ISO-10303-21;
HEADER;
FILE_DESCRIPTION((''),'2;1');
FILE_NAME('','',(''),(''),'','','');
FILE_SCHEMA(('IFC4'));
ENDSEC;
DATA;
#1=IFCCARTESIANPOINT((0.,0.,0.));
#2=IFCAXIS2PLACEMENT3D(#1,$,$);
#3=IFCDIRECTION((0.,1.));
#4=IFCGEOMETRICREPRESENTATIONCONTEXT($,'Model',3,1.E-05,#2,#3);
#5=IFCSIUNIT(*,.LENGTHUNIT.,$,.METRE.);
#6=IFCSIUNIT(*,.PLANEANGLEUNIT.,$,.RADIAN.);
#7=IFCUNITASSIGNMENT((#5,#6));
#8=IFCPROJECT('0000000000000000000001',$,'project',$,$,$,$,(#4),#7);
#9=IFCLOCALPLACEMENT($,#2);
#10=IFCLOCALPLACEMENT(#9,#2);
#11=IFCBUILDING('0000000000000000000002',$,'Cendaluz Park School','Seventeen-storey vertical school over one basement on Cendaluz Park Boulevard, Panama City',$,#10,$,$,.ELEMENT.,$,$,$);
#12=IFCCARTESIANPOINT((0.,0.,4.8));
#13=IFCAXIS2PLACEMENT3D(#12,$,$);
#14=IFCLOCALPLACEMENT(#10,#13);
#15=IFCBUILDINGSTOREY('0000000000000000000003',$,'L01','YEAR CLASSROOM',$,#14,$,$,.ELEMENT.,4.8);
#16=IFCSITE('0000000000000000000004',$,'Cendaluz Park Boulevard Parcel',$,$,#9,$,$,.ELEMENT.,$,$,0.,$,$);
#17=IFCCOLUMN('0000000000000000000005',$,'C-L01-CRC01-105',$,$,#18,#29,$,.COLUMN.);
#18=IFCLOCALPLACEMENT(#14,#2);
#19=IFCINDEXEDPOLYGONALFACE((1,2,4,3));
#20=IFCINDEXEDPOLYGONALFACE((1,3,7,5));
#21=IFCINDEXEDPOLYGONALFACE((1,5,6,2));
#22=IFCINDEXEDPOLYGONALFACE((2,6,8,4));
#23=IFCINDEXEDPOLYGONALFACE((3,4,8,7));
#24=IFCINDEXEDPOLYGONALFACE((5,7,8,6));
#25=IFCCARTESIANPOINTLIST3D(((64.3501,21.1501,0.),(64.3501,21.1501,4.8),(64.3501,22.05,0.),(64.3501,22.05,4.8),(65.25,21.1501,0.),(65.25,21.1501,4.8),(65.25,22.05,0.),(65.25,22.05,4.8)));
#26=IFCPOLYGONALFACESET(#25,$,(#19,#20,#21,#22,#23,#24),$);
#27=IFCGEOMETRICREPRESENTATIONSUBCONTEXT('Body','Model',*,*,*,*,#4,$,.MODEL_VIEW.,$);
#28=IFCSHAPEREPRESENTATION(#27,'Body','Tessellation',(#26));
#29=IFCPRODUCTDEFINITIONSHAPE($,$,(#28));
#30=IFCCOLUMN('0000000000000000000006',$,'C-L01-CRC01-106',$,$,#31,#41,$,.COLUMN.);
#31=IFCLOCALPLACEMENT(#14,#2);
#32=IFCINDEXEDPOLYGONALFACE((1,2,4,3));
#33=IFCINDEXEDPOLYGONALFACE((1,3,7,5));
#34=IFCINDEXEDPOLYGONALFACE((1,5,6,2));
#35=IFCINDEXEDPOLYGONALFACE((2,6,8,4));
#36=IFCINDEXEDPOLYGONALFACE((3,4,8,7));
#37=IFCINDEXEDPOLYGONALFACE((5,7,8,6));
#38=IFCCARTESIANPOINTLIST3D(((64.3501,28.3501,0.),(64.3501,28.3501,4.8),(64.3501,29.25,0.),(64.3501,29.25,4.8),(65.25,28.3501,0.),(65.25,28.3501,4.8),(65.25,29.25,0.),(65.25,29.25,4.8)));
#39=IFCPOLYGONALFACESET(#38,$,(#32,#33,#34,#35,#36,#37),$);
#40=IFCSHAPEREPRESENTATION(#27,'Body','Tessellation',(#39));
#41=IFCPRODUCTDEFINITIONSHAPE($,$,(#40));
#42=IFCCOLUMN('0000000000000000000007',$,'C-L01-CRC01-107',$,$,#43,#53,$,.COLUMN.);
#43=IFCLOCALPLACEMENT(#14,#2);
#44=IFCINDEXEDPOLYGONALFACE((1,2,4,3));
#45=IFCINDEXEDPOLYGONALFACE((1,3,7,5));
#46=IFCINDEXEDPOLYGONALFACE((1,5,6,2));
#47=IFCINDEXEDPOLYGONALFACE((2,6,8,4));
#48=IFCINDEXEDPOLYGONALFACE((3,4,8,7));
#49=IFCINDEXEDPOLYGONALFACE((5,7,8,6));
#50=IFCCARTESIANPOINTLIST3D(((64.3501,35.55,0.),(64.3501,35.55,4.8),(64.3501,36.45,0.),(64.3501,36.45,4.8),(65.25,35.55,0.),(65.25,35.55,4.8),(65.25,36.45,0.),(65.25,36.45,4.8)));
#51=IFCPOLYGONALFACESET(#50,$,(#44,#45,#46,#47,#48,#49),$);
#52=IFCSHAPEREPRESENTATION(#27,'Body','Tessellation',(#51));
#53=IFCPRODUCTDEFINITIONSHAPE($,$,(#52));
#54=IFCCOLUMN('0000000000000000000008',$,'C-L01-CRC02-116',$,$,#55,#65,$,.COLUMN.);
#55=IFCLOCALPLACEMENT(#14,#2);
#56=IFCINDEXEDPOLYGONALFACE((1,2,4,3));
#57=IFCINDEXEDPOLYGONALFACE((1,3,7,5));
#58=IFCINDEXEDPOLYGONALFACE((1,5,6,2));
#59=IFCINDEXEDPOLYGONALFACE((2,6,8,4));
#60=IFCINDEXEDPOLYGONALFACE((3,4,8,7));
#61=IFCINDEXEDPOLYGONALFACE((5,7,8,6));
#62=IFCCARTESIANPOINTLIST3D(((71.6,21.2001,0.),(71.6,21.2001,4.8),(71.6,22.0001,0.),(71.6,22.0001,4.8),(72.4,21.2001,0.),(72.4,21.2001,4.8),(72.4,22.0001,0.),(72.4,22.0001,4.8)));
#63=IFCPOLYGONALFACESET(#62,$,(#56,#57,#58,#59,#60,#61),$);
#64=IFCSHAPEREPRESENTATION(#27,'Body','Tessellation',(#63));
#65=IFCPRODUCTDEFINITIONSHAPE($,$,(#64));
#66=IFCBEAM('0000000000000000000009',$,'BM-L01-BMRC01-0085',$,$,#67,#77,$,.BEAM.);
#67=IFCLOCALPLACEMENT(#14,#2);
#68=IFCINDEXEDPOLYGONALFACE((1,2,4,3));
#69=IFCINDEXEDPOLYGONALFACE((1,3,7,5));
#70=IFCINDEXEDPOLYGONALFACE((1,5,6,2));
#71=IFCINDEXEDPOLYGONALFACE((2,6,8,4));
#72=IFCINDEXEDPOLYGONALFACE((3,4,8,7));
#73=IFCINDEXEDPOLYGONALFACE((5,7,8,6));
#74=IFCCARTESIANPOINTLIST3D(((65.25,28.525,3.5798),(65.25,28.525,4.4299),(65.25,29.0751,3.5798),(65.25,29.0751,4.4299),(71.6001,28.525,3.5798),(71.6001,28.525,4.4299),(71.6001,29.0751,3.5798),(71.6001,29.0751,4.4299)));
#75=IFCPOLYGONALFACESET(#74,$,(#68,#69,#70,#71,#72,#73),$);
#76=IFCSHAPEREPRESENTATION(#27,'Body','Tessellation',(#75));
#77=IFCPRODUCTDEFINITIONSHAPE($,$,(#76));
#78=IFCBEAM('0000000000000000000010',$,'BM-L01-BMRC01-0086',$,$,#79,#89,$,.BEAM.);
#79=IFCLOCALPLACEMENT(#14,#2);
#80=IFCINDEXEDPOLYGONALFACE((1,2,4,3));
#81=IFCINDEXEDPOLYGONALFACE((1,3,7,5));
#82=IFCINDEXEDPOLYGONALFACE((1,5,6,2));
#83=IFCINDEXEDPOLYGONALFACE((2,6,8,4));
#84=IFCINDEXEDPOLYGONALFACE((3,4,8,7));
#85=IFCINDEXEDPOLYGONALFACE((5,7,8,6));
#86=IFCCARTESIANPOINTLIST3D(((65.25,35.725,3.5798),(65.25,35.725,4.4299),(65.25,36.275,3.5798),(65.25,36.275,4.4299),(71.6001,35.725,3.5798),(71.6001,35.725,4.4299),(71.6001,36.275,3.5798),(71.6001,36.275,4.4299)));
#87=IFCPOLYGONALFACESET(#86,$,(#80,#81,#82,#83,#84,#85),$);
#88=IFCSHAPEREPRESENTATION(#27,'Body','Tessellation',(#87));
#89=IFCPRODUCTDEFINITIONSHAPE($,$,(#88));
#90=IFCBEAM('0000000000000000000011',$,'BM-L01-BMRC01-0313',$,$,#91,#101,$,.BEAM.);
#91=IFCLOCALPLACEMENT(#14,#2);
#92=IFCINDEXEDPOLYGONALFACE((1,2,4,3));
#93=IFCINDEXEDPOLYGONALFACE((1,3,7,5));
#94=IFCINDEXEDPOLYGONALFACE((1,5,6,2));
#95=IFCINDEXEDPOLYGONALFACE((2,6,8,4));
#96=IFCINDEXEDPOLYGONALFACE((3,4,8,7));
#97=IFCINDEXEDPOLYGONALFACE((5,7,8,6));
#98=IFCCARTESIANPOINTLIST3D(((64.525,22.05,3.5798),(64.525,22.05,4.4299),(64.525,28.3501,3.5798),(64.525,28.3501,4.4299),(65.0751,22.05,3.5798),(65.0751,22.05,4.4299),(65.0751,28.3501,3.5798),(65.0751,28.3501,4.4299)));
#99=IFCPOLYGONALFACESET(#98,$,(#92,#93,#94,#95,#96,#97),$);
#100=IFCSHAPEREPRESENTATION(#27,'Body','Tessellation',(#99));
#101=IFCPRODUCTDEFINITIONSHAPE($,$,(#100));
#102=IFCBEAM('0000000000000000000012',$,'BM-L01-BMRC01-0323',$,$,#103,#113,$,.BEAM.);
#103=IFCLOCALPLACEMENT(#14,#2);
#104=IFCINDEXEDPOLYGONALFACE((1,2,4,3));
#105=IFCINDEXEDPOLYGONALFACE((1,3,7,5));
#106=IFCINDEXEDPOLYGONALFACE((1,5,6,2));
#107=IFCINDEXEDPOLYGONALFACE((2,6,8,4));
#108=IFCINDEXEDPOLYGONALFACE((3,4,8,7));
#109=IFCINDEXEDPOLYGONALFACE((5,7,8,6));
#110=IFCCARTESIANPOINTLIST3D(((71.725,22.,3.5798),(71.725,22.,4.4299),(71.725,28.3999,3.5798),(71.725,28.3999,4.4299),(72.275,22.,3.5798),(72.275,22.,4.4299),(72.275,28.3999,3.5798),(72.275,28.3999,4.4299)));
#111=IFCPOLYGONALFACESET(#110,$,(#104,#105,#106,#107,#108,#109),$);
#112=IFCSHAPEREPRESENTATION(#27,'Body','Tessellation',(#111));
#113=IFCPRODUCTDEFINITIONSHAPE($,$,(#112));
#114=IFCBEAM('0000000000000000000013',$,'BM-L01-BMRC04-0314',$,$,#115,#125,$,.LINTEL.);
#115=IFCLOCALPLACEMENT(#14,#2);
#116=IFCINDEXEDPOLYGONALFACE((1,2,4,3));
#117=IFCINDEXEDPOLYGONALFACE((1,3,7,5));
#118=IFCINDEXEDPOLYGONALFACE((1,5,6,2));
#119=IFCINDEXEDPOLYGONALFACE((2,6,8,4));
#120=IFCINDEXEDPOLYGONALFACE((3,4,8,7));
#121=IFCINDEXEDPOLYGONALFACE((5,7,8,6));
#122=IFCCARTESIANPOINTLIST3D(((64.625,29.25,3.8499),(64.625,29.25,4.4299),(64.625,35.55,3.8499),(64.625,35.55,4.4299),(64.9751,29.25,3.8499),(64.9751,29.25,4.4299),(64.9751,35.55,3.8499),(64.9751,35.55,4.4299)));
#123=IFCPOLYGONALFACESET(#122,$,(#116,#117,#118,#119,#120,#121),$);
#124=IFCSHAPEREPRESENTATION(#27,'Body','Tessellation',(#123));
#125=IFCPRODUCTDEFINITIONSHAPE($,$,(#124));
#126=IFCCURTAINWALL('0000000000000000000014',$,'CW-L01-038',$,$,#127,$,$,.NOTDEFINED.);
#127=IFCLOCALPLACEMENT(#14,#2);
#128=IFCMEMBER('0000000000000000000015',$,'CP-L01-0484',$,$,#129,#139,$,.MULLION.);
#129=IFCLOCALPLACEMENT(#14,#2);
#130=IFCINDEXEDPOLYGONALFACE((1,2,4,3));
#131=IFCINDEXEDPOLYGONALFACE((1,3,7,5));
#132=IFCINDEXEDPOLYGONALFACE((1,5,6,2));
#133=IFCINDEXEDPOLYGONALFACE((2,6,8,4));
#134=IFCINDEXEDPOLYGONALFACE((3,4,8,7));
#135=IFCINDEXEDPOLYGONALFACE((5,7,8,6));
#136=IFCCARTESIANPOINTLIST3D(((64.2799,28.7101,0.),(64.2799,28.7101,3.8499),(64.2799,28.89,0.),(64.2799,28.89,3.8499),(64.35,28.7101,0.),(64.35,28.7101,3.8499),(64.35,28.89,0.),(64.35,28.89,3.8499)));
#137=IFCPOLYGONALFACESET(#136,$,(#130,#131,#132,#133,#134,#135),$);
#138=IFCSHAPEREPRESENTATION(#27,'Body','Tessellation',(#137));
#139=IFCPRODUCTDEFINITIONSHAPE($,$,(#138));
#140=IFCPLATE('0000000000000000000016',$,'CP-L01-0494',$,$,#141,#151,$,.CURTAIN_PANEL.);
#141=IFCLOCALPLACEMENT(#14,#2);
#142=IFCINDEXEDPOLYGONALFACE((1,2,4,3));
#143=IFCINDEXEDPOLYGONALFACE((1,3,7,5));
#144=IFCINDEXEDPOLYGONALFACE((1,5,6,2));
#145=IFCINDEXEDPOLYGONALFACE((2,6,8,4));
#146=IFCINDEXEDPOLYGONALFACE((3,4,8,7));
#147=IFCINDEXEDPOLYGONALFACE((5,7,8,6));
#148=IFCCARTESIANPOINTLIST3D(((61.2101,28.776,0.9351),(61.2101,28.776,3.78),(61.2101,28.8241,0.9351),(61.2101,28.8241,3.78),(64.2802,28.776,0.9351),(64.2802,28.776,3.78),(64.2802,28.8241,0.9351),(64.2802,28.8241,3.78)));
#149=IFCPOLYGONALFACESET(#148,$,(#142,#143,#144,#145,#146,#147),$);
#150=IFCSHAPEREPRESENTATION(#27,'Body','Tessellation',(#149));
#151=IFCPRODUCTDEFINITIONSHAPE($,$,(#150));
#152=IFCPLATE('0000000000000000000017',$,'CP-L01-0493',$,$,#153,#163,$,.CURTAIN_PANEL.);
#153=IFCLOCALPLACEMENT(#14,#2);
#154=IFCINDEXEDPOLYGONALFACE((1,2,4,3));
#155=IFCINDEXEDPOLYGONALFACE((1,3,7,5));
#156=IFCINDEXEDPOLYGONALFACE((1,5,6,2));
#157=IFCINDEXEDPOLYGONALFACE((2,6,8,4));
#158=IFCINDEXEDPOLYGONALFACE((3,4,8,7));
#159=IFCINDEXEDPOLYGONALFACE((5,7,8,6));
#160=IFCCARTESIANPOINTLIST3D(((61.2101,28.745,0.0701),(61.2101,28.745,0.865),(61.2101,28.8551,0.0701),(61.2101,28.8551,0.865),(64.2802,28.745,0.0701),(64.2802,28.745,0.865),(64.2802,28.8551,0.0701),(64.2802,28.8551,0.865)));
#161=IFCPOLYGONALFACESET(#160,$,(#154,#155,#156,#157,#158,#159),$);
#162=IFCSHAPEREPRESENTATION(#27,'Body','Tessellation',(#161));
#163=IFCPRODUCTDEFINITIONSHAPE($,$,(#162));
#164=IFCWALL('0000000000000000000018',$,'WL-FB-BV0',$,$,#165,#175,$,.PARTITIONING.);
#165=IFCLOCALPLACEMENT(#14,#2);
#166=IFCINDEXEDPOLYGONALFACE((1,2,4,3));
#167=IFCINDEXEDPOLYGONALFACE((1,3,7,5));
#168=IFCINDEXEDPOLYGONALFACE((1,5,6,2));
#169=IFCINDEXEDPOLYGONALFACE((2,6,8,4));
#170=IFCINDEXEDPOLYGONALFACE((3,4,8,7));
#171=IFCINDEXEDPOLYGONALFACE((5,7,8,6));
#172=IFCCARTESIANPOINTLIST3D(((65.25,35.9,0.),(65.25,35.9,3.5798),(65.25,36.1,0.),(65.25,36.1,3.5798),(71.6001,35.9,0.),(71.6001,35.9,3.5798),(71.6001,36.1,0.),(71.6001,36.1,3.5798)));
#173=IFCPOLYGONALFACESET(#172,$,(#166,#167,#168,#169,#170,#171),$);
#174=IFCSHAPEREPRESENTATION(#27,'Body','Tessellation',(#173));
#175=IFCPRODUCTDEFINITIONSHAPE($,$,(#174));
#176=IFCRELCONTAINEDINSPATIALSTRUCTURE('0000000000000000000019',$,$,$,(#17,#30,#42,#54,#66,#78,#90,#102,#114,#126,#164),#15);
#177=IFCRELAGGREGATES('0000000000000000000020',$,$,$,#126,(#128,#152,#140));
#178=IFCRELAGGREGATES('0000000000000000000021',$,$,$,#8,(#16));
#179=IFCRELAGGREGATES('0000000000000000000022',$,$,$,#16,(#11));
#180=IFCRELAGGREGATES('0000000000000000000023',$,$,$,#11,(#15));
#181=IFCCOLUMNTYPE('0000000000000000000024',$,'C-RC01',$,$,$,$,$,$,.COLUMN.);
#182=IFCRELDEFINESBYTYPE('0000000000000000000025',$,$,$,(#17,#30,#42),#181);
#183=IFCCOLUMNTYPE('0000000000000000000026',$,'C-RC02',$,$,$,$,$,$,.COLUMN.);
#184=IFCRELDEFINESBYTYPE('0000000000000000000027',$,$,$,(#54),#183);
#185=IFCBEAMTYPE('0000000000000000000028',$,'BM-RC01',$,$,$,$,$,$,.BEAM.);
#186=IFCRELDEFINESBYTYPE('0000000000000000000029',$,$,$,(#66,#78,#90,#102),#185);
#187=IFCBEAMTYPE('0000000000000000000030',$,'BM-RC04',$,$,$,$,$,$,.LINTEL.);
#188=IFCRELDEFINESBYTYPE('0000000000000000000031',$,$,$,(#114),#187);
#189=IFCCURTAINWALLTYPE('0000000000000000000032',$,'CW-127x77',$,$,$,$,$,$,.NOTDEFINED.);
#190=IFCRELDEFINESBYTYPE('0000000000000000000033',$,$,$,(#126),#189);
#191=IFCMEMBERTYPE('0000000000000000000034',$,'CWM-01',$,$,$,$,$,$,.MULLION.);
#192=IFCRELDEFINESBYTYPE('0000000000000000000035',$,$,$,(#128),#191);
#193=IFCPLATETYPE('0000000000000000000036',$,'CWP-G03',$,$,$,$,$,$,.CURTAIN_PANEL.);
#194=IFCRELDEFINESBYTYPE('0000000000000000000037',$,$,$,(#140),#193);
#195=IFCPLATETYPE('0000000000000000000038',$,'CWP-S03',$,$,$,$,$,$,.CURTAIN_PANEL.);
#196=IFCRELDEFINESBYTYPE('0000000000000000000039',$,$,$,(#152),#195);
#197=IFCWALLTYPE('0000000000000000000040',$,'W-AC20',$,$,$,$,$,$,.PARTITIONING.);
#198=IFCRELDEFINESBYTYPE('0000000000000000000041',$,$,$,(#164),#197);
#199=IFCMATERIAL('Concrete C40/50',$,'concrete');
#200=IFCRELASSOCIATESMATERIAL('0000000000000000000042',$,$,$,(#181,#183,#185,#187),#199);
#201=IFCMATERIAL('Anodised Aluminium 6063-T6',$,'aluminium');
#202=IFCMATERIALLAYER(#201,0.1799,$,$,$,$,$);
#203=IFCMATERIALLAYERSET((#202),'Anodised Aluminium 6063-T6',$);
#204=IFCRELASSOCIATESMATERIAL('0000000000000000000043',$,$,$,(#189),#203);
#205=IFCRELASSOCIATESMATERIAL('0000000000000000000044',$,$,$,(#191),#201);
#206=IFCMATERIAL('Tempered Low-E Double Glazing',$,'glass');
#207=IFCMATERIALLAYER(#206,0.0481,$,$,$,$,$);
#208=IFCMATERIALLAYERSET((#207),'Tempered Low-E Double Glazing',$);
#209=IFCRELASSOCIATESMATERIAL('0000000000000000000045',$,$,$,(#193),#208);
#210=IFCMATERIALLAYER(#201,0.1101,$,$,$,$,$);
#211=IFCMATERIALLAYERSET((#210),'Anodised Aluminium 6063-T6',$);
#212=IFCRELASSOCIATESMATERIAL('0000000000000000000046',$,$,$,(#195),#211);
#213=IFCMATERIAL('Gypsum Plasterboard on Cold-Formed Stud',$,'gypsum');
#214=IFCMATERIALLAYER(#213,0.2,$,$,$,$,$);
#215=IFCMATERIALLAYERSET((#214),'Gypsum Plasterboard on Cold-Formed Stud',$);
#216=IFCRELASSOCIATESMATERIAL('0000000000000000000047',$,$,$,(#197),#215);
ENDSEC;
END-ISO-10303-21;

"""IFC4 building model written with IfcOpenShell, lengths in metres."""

from ifc_helpers import new_model, si_unit, direction, frame, frame_2d, origin, origin_2d, place, context, subcontext, project, spatial, rectangle, extrude, material, layer, layer_set, material_profile, profile_set, type_object, element, aggregate, save


model = new_model("IFC4")

# Units and contexts
model_context = context("Model", 3, precision=1e-05, world=origin(), true_north=direction((0.0, 1.0)))
body_context = subcontext(model_context, "Body", "Model", "MODEL_VIEW")
ifc_project = project(units=[si_unit("LENGTHUNIT", "METRE"), si_unit("PLANEANGLEUNIT", "RADIAN")], contexts=[model_context])

# Site, building, storey
site_placement = place(None, origin())
site = spatial("IfcSite", under=ifc_project, at=site_placement, Name="Cendaluz Park Boulevard Parcel", CompositionType="ELEMENT", RefElevation=0.0)
building_placement = place(site_placement, origin())
building = spatial("IfcBuilding", under=site, at=building_placement, Name="Cendaluz Park School", Description="Seventeen-storey vertical school over one basement on Cendaluz Park Boulevard, Panama City", CompositionType="ELEMENT")
storey_placement = place(building_placement, frame((0.0, 0.0, 4.8)))
storey = spatial("IfcBuildingStorey", under=building, at=storey_placement, Name="L01", Description="YEAR CLASSROOM", CompositionType="ELEMENT", Elevation=4.8)

# Columns
ifc_material_1 = material(Name="Concrete C40/50", Category="concrete")
ifc_material_profile_1 = material_profile(ifc_material_1, rectangle(XDim=0.8999, YDim=0.8999, at=origin_2d()), Name="RC 900x900", Category="concrete")
ifc_profile_set_1 = profile_set([ifc_material_profile_1], Name="Concrete C40/50")
column_type_1 = type_object("IfcColumnType", Name="C-RC01", PredefinedType="COLUMN", material=ifc_profile_set_1)
for number, where, z_axis, x_axis, name in (
    (1, (64.8, 21.6001, 0.0), (0.0, 0.0, 1.0), (1.0, 0.0, 0.0), "C-L01-CRC01-105"),
    (2, (64.8, 28.8, 0.0), (0.0, 0.0, 1.0), (1.0, 0.0, 0.0), "C-L01-CRC01-106"),
    (3, (64.8, 36.0, 0.0), (0.0, 0.0, 1.0), (1.0, 0.0, 0.0), "C-L01-CRC01-107"),
):
    element("IfcColumn", number, at=place(storey_placement, frame(where, z_axis=z_axis, x_axis=x_axis)), inside=storey, type_object=column_type_1, Name=name, PredefinedType="COLUMN", context=body_context, shape_type="SweptSolid", body=[
        extrude(rectangle(XDim=0.8999, YDim=0.8999, at=origin_2d()), origin(), (0.0, 0.0, 1.0), 4.8),
    ])
ifc_material_profile_2 = material_profile(ifc_material_1, rectangle(XDim=0.8, YDim=0.8, at=origin_2d()), Name="RC 800x800", Category="concrete")
ifc_profile_set_2 = profile_set([ifc_material_profile_2], Name="Concrete C40/50")
column_type_2 = type_object("IfcColumnType", Name="C-RC02", PredefinedType="COLUMN", material=ifc_profile_set_2)
column_placement = place(storey_placement, frame((72.0, 21.6001, 0.0), z_axis=(0.0, 0.0, 1.0), x_axis=(1.0, 0.0, 0.0)))
element("IfcColumn", 4, at=column_placement, inside=storey, type_object=column_type_2, Name="C-L01-CRC02-116", PredefinedType="COLUMN", context=body_context, shape_type="SweptSolid", body=[
    extrude(rectangle(XDim=0.8, YDim=0.8, at=origin_2d()), origin(), (0.0, 0.0, 1.0), 4.8),
])

# Beams
ifc_material_profile_3 = material_profile(ifc_material_1, rectangle(XDim=0.55, YDim=0.8501, at=origin_2d()), Name="RC 550x850", Category="concrete")
ifc_profile_set_3 = profile_set([ifc_material_profile_3], Name="Concrete C40/50")
beam_type_1 = type_object("IfcBeamType", Name="BM-RC01", PredefinedType="BEAM", material=ifc_profile_set_3)
for number, where, z_axis, x_axis, name in (
    (5, (65.25, 28.8, 4.0049), (1.0, 0.0, 0.0), (0.0, 1.0, 0.0), "BM-L01-BMRC01-0085"),
    (6, (65.25, 36.0, 4.0049), (1.0, 0.0, 0.0), (0.0, 1.0, 0.0), "BM-L01-BMRC01-0086"),
):
    element("IfcBeam", number, at=place(storey_placement, frame(where, z_axis=z_axis, x_axis=x_axis)), inside=storey, type_object=beam_type_1, Name=name, PredefinedType="BEAM", context=body_context, shape_type="SweptSolid", body=[
        extrude(rectangle(XDim=0.55, YDim=0.8501, at=origin_2d()), origin(), (0.0, 0.0, 1.0), 6.3501),
    ])
beam_1_placement = place(storey_placement, frame((64.8, 22.05, 4.0049), z_axis=(0.0, 1.0, 0.0), x_axis=(-1.0, 0.0, 0.0)))
element("IfcBeam", 7, at=beam_1_placement, inside=storey, type_object=beam_type_1, Name="BM-L01-BMRC01-0313", PredefinedType="BEAM", context=body_context, shape_type="SweptSolid", body=[
    extrude(rectangle(XDim=0.55, YDim=0.8501, at=origin_2d()), origin(), (0.0, 0.0, 1.0), 6.3),
])
beam_2_placement = place(storey_placement, frame((72.0, 22.0, 4.0049), z_axis=(0.0, 1.0, 0.0), x_axis=(-1.0, 0.0, 0.0)))
element("IfcBeam", 8, at=beam_2_placement, inside=storey, type_object=beam_type_1, Name="BM-L01-BMRC01-0323", PredefinedType="BEAM", context=body_context, shape_type="SweptSolid", body=[
    extrude(rectangle(XDim=0.55, YDim=0.8501, at=origin_2d()), origin(), (0.0, 0.0, 1.0), 6.3999),
])
ifc_material_profile_4 = material_profile(ifc_material_1, rectangle(XDim=0.3501, YDim=0.5801, at=origin_2d()), Name="RC 350x580", Category="concrete")
ifc_profile_set_4 = profile_set([ifc_material_profile_4], Name="Concrete C40/50")
beam_type_2 = type_object("IfcBeamType", Name="BM-RC04", PredefinedType="LINTEL", material=ifc_profile_set_4)
beam_3_placement = place(storey_placement, frame((64.8, 29.25, 4.1399), z_axis=(0.0, 1.0, 0.0), x_axis=(-1.0, 0.0, 0.0)))
element("IfcBeam", 9, at=beam_3_placement, inside=storey, type_object=beam_type_2, Name="BM-L01-BMRC04-0314", PredefinedType="LINTEL", context=body_context, shape_type="SweptSolid", body=[
    extrude(rectangle(XDim=0.3501, YDim=0.5801, at=origin_2d()), origin(), (0.0, 0.0, 1.0), 6.3),
])

# Curtain wall, member, plates
ifc_material_2 = material(Name="Anodised Aluminium 6063-T6", Category="aluminium")
ifc_layer_1 = layer(ifc_material_2, 0.1799)
ifc_layer_set_1 = layer_set([ifc_layer_1], Name="Anodised Aluminium 6063-T6")
curtain_wall_type = type_object("IfcCurtainWallType", Name="CW-127x77", PredefinedType="NOTDEFINED", material=ifc_layer_set_1)
curtain_wall_placement = place(storey_placement, origin())
curtain_wall = element("IfcCurtainWall", 10, at=curtain_wall_placement, inside=storey, type_object=curtain_wall_type, Name="CW-L01-038", PredefinedType="NOTDEFINED")
ifc_material_profile_5 = material_profile(ifc_material_2, rectangle(XDim=0.1799, YDim=0.0701, at=origin_2d()), Name="CWM 180x70", Category="aluminium")
ifc_profile_set_5 = profile_set([ifc_material_profile_5], Name="Anodised Aluminium 6063-T6")
member_type = type_object("IfcMemberType", Name="CWM-01", PredefinedType="MULLION", material=ifc_profile_set_5)
member_placement = place(storey_placement, frame((64.3149, 28.8, 0.0), z_axis=(0.0, 0.0, 1.0), x_axis=(0.0, 1.0, 0.0)))
member = element("IfcMember", 11, at=member_placement, type_object=member_type, Name="CP-L01-0484", PredefinedType="MULLION", context=body_context, shape_type="SweptSolid", body=[
    extrude(rectangle(XDim=0.1799, YDim=0.0701, at=origin_2d()), origin(), (0.0, 0.0, 1.0), 3.8499),
])
ifc_material_3 = material(Name="Tempered Low-E Double Glazing", Category="glass")
ifc_layer_2 = layer(ifc_material_3, 0.0481)
ifc_layer_set_2 = layer_set([ifc_layer_2], Name="Tempered Low-E Double Glazing")
plate_type_1 = type_object("IfcPlateType", Name="CWP-G03", PredefinedType="CURTAIN_PANEL", material=ifc_layer_set_2)
plate_1_placement = place(storey_placement, frame((62.7451, 28.8, 0.9351), z_axis=(0.0, 0.0, 1.0), x_axis=(1.0, 0.0, 0.0)))
plate_1 = element("IfcPlate", 12, at=plate_1_placement, type_object=plate_type_1, Name="CP-L01-0494", PredefinedType="CURTAIN_PANEL", context=body_context, shape_type="SweptSolid", body=[
    extrude(rectangle(XDim=3.0701, YDim=0.0481, at=origin_2d()), origin(), (0.0, 0.0, 1.0), 2.845),
])
ifc_layer_3 = layer(ifc_material_2, 0.1101)
ifc_layer_set_3 = layer_set([ifc_layer_3], Name="Anodised Aluminium 6063-T6")
plate_type_2 = type_object("IfcPlateType", Name="CWP-S03", PredefinedType="CURTAIN_PANEL", material=ifc_layer_set_3)
plate_2_placement = place(storey_placement, frame((62.7451, 28.8, 0.0701), z_axis=(0.0, 0.0, 1.0), x_axis=(1.0, 0.0, 0.0)))
plate_2 = element("IfcPlate", 13, at=plate_2_placement, type_object=plate_type_2, Name="CP-L01-0493", PredefinedType="CURTAIN_PANEL", context=body_context, shape_type="SweptSolid", body=[
    extrude(rectangle(XDim=3.0701, YDim=0.1101, at=origin_2d()), origin(), (0.0, 0.0, 1.0), 0.7949),
])
aggregate(curtain_wall, [member, plate_2, plate_1])

# Wall
ifc_material_4 = material(Name="Gypsum Plasterboard on Cold-Formed Stud", Category="gypsum")
ifc_layer_4 = layer(ifc_material_4, 0.2)
ifc_layer_set_4 = layer_set([ifc_layer_4], Name="Gypsum Plasterboard on Cold-Formed Stud")
wall_type_1 = type_object("IfcWallType", Name="W-AC20", PredefinedType="PARTITIONING", material=ifc_layer_set_4)
wall_1_placement = place(storey_placement, frame((65.25, 36.0, 0.0), z_axis=(0.0, 0.0, 1.0), x_axis=(1.0, 0.0, 0.0)))
element("IfcWall", 14, at=wall_1_placement, inside=storey, type_object=wall_type_1, Name="WL-FB-BV0", PredefinedType="PARTITIONING", context=body_context, shape_type="SweptSolid", body=[
    extrude(rectangle(XDim=6.3501, YDim=0.2, at=frame_2d((3.175, 0.0))), origin(), (0.0, 0.0, 1.0), 3.5798),
])

save(model, "model.ifc")
